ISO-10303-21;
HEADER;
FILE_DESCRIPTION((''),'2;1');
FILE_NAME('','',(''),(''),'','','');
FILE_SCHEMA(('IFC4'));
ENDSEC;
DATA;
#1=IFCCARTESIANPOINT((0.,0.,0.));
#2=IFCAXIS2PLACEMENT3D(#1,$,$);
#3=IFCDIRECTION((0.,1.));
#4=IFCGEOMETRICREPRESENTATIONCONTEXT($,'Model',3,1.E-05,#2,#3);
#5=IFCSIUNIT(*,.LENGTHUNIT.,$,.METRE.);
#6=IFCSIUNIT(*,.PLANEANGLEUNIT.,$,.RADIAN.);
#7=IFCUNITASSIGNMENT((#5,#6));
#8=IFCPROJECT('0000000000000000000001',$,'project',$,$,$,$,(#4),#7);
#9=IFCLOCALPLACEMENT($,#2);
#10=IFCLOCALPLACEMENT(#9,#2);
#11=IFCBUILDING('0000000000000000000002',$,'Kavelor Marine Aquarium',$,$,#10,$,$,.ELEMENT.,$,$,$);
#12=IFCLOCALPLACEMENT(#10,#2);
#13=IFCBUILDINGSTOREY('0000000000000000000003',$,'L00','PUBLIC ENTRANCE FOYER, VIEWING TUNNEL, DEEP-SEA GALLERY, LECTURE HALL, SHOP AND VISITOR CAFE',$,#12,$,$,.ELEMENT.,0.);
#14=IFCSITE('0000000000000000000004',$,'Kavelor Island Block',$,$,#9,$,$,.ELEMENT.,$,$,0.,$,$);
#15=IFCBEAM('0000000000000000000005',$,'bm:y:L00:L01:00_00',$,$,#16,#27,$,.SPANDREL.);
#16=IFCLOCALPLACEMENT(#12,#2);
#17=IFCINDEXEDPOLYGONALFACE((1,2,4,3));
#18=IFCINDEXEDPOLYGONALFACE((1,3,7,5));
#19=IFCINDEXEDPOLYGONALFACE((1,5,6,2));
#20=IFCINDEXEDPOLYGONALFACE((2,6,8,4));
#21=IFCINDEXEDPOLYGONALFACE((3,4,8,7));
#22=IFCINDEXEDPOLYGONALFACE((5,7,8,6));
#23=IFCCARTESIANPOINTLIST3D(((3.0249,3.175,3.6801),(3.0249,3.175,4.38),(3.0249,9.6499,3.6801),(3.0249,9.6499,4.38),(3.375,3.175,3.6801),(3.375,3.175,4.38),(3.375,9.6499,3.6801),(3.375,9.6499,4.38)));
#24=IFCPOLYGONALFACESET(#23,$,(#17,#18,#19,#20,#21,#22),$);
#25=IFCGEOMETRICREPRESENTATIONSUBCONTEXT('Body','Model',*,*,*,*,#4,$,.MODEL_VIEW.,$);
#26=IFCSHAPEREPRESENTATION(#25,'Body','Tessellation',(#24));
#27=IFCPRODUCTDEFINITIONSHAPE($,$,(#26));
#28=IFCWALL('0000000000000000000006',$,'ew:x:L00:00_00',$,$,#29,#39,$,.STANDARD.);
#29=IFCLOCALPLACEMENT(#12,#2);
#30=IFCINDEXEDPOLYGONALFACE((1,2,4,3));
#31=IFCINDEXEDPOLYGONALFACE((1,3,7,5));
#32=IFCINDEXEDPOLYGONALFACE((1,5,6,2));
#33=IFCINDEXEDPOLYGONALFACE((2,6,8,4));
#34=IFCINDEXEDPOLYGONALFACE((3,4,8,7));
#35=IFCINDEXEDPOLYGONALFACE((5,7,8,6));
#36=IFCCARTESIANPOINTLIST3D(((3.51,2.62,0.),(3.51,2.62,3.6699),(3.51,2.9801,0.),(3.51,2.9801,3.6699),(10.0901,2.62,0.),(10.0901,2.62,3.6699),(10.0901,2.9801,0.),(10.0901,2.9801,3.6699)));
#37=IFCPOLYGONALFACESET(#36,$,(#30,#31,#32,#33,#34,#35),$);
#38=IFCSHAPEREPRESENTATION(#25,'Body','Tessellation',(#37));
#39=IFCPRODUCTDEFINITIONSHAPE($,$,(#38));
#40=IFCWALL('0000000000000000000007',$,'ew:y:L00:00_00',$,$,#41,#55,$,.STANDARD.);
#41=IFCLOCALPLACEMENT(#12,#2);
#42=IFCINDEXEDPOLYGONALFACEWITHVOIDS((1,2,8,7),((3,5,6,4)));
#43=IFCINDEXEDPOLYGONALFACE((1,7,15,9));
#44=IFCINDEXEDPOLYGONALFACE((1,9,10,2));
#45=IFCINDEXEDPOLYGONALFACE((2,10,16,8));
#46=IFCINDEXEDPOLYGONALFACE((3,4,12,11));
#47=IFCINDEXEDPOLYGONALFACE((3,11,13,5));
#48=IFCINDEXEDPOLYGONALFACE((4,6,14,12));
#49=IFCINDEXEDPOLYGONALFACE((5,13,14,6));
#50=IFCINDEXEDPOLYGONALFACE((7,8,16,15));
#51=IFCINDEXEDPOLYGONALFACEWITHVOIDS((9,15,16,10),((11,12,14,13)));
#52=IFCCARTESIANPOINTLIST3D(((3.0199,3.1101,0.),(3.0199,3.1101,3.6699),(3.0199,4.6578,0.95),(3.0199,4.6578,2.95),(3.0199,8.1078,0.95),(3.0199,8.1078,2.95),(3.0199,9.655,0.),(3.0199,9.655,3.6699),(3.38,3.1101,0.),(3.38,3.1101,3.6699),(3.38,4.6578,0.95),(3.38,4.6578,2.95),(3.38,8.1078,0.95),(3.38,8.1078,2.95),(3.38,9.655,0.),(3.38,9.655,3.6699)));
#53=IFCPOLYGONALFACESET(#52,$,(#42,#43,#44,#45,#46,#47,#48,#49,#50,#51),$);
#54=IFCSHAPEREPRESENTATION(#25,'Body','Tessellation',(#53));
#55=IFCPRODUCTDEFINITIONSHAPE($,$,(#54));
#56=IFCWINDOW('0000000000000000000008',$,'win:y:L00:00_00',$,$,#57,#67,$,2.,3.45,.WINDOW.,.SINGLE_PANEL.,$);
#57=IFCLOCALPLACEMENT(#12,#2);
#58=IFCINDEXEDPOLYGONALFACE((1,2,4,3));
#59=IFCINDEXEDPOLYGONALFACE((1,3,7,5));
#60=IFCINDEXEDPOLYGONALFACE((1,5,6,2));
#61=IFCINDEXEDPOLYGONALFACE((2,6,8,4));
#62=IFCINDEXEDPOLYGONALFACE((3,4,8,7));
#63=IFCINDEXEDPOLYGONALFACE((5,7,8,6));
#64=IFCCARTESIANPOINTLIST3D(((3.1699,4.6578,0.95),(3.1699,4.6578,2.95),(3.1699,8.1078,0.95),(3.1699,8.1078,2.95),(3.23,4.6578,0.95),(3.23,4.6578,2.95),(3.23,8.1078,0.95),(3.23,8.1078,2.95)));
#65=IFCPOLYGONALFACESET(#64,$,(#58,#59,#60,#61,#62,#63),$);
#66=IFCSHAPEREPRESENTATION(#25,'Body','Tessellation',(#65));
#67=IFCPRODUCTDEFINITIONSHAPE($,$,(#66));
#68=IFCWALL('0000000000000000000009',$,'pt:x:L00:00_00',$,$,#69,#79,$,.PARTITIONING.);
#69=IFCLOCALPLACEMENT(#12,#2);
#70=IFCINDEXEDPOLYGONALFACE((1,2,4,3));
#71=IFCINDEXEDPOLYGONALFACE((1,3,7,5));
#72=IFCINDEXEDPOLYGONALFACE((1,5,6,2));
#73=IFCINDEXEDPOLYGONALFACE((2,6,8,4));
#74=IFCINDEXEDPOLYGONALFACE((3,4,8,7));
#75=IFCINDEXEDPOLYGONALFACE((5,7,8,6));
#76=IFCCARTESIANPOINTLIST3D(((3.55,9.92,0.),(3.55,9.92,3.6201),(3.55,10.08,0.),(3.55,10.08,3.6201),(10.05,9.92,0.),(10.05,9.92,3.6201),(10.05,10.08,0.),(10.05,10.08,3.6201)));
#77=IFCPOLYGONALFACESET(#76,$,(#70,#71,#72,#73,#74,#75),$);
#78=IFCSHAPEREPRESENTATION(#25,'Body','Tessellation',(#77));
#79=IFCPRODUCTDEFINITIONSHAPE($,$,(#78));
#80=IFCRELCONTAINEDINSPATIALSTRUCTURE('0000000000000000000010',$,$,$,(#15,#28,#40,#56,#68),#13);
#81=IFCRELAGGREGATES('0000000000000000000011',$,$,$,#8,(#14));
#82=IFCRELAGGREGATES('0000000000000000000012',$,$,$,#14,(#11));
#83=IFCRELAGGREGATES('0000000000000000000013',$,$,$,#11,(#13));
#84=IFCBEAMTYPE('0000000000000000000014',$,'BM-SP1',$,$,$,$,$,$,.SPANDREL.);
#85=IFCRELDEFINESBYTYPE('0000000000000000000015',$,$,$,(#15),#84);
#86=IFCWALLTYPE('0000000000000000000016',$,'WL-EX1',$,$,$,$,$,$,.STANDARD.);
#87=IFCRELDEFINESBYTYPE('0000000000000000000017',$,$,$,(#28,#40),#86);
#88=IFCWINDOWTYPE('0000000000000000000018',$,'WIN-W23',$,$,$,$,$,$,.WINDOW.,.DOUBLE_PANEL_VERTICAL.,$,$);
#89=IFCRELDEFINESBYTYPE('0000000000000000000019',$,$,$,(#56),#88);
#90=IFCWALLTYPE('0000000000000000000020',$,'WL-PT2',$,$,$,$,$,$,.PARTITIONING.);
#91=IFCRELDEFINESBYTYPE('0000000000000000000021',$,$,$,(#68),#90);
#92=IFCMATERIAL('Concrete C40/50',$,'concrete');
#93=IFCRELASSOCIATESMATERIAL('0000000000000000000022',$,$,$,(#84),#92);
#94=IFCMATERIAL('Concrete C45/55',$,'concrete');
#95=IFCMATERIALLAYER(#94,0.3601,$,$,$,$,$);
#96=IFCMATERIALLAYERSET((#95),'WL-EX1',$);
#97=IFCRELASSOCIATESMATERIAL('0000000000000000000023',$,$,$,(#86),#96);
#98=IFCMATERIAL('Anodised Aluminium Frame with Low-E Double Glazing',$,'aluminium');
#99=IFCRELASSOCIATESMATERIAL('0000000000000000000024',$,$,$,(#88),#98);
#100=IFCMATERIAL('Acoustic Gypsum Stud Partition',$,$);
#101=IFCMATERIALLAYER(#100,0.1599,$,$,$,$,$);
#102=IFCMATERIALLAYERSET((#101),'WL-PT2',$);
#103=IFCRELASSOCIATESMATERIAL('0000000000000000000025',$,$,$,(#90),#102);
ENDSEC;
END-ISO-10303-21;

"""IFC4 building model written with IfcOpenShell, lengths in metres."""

from ifc_helpers import new_model, si_unit, direction, frame, frame_2d, origin, origin_2d, place, context, subcontext, project, spatial, rectangle, extrude, material, layer, layer_set, material_profile, profile_set, type_object, element, fill, save


model = new_model("IFC4")

# Units and contexts
model_context = context("Model", 3, precision=1e-05, world=origin(), true_north=direction((0.0, 1.0)))
body_context = subcontext(model_context, "Body", "Model", "MODEL_VIEW")
ifc_project = project(units=[si_unit("LENGTHUNIT", "METRE"), si_unit("PLANEANGLEUNIT", "RADIAN")], contexts=[model_context])

# Site, building, storey
site_placement = place(None, origin())
site = spatial("IfcSite", under=ifc_project, at=site_placement, Name="Kavelor Island Block", CompositionType="ELEMENT", RefElevation=0.0)
building_placement = place(site_placement, origin())
building = spatial("IfcBuilding", under=site, at=building_placement, Name="Kavelor Marine Aquarium", CompositionType="ELEMENT")
storey_placement = place(building_placement, origin())
storey = spatial("IfcBuildingStorey", under=building, at=storey_placement, Name="L00", Description="PUBLIC ENTRANCE FOYER, VIEWING TUNNEL, DEEP-SEA GALLERY, LECTURE HALL, SHOP AND VISITOR CAFE", CompositionType="ELEMENT", Elevation=0.0)

# Beam
ifc_material_1 = material(Name="Concrete C40/50", Category="concrete")
ifc_material_profile_1 = material_profile(ifc_material_1, rectangle(XDim=0.3501, YDim=0.7, at=origin_2d()), Name="RC-SP 350x700")
ifc_profile_set_1 = profile_set([ifc_material_profile_1], Name="Concrete C40/50")
beam_type_1 = type_object("IfcBeamType", Name="BM-SP1", PredefinedType="SPANDREL", material=ifc_profile_set_1)
beam_1_placement = place(storey_placement, frame((3.2, 3.175, 4.03), z_axis=(0.0, 1.0, 0.0), x_axis=(-1.0, 0.0, 0.0)))
element("IfcBeam", 1, at=beam_1_placement, inside=storey, type_object=beam_type_1, Name="bm:y:L00:L01:00_00", PredefinedType="SPANDREL", context=body_context, shape_type="SweptSolid", body=[
    extrude(rectangle(XDim=0.3501, YDim=0.7, at=origin_2d()), origin(), (0.0, 0.0, 1.0), 6.4749),
])

# Wall
ifc_material_2 = material(Name="Concrete C45/55", Category="concrete")
ifc_layer_1 = layer(ifc_material_2, 0.3601)
ifc_layer_set_1 = layer_set([ifc_layer_1], Name="WL-EX1")
wall_type_1 = type_object("IfcWallType", Name="WL-EX1", PredefinedType="STANDARD", material=ifc_layer_set_1)
wall_1_placement = place(storey_placement, frame((10.0901, 2.8, 0.0), z_axis=(0.0, 0.0, 1.0), x_axis=(-1.0, 0.0, 0.0)))
element("IfcWall", 2, at=wall_1_placement, inside=storey, type_object=wall_type_1, Name="ew:x:L00:00_00", PredefinedType="STANDARD", context=body_context, shape_type="SweptSolid", body=[
    extrude(rectangle(XDim=6.5801, YDim=0.3601, at=frame_2d((3.29, 0.0))), origin(), (0.0, 0.0, 1.0), 3.6699),
])

# Wall, opening, window
wall_2_placement = place(storey_placement, frame((3.2, 3.1101, 0.0), z_axis=(0.0, 0.0, 1.0), x_axis=(0.0, 1.0, 0.0)))
wall_2 = element("IfcWall", 3, at=wall_2_placement, inside=storey, type_object=wall_type_1, Name="ew:y:L00:00_00", PredefinedType="STANDARD", context=body_context, shape_type="SweptSolid", body=[
    extrude(rectangle(XDim=6.5449, YDim=0.3601, at=frame_2d((3.2725, 0.0))), origin(), (0.0, 0.0, 1.0), 3.6699),
])
opening_placement = place(wall_2_placement, frame((1.5476, 0.0, 0.95)))
opening = element("IfcOpeningElement", 4, at=opening_placement, cuts=wall_2, PredefinedType="OPENING", context=body_context, shape_type="SweptSolid", body=[
    extrude(rectangle(XDim=3.45, YDim=2.0, at=frame_2d((1.7251, 1.0))), frame((0.0, 0.1899, 0.0), z_axis=(0.0, -1.0, 0.0), x_axis=(1.0, 0.0, 0.0)), (0.0, 0.0, 1.0), 0.3801),
])
ifc_material_3 = material(Name="Anodised Aluminium Frame with Low-E Double Glazing", Category="aluminium")
window_type = type_object("IfcWindowType", Name="WIN-W23", PartitioningType="DOUBLE_PANEL_VERTICAL", PredefinedType="WINDOW", material=ifc_material_3)
window_placement = place(opening_placement, origin())
window = element("IfcWindow", 5, at=window_placement, inside=storey, type_object=window_type, Name="win:y:L00:00_00", OverallHeight=2.0, OverallWidth=3.45, PartitioningType="SINGLE_PANEL", PredefinedType="WINDOW", context=body_context, shape_type="SweptSolid", body=[
    extrude(rectangle(XDim=3.45, YDim=2.0, at=frame_2d((1.7251, 1.0))), frame((0.0, 0.03, 0.0), z_axis=(0.0, -1.0, 0.0), x_axis=(1.0, 0.0, 0.0)), (0.0, 0.0, 1.0), 0.0601),
])
fill(opening, window)

# Wall
ifc_material_4 = material(Name="Acoustic Gypsum Stud Partition")
ifc_layer_2 = layer(ifc_material_4, 0.1599)
ifc_layer_set_2 = layer_set([ifc_layer_2], Name="WL-PT2")
wall_type_2 = type_object("IfcWallType", Name="WL-PT2", PredefinedType="PARTITIONING", material=ifc_layer_set_2)
wall_3_placement = place(storey_placement, frame((3.55, 10.0, 0.0), z_axis=(0.0, 0.0, 1.0), x_axis=(1.0, 0.0, 0.0)))
element("IfcWall", 6, at=wall_3_placement, inside=storey, type_object=wall_type_2, Name="pt:x:L00:00_00", PredefinedType="PARTITIONING", context=body_context, shape_type="SweptSolid", body=[
    extrude(rectangle(XDim=6.5, YDim=0.1599, at=frame_2d((3.25, 0.0))), origin(), (0.0, 0.0, 1.0), 3.6201),
])

save(model, "model.ifc")
